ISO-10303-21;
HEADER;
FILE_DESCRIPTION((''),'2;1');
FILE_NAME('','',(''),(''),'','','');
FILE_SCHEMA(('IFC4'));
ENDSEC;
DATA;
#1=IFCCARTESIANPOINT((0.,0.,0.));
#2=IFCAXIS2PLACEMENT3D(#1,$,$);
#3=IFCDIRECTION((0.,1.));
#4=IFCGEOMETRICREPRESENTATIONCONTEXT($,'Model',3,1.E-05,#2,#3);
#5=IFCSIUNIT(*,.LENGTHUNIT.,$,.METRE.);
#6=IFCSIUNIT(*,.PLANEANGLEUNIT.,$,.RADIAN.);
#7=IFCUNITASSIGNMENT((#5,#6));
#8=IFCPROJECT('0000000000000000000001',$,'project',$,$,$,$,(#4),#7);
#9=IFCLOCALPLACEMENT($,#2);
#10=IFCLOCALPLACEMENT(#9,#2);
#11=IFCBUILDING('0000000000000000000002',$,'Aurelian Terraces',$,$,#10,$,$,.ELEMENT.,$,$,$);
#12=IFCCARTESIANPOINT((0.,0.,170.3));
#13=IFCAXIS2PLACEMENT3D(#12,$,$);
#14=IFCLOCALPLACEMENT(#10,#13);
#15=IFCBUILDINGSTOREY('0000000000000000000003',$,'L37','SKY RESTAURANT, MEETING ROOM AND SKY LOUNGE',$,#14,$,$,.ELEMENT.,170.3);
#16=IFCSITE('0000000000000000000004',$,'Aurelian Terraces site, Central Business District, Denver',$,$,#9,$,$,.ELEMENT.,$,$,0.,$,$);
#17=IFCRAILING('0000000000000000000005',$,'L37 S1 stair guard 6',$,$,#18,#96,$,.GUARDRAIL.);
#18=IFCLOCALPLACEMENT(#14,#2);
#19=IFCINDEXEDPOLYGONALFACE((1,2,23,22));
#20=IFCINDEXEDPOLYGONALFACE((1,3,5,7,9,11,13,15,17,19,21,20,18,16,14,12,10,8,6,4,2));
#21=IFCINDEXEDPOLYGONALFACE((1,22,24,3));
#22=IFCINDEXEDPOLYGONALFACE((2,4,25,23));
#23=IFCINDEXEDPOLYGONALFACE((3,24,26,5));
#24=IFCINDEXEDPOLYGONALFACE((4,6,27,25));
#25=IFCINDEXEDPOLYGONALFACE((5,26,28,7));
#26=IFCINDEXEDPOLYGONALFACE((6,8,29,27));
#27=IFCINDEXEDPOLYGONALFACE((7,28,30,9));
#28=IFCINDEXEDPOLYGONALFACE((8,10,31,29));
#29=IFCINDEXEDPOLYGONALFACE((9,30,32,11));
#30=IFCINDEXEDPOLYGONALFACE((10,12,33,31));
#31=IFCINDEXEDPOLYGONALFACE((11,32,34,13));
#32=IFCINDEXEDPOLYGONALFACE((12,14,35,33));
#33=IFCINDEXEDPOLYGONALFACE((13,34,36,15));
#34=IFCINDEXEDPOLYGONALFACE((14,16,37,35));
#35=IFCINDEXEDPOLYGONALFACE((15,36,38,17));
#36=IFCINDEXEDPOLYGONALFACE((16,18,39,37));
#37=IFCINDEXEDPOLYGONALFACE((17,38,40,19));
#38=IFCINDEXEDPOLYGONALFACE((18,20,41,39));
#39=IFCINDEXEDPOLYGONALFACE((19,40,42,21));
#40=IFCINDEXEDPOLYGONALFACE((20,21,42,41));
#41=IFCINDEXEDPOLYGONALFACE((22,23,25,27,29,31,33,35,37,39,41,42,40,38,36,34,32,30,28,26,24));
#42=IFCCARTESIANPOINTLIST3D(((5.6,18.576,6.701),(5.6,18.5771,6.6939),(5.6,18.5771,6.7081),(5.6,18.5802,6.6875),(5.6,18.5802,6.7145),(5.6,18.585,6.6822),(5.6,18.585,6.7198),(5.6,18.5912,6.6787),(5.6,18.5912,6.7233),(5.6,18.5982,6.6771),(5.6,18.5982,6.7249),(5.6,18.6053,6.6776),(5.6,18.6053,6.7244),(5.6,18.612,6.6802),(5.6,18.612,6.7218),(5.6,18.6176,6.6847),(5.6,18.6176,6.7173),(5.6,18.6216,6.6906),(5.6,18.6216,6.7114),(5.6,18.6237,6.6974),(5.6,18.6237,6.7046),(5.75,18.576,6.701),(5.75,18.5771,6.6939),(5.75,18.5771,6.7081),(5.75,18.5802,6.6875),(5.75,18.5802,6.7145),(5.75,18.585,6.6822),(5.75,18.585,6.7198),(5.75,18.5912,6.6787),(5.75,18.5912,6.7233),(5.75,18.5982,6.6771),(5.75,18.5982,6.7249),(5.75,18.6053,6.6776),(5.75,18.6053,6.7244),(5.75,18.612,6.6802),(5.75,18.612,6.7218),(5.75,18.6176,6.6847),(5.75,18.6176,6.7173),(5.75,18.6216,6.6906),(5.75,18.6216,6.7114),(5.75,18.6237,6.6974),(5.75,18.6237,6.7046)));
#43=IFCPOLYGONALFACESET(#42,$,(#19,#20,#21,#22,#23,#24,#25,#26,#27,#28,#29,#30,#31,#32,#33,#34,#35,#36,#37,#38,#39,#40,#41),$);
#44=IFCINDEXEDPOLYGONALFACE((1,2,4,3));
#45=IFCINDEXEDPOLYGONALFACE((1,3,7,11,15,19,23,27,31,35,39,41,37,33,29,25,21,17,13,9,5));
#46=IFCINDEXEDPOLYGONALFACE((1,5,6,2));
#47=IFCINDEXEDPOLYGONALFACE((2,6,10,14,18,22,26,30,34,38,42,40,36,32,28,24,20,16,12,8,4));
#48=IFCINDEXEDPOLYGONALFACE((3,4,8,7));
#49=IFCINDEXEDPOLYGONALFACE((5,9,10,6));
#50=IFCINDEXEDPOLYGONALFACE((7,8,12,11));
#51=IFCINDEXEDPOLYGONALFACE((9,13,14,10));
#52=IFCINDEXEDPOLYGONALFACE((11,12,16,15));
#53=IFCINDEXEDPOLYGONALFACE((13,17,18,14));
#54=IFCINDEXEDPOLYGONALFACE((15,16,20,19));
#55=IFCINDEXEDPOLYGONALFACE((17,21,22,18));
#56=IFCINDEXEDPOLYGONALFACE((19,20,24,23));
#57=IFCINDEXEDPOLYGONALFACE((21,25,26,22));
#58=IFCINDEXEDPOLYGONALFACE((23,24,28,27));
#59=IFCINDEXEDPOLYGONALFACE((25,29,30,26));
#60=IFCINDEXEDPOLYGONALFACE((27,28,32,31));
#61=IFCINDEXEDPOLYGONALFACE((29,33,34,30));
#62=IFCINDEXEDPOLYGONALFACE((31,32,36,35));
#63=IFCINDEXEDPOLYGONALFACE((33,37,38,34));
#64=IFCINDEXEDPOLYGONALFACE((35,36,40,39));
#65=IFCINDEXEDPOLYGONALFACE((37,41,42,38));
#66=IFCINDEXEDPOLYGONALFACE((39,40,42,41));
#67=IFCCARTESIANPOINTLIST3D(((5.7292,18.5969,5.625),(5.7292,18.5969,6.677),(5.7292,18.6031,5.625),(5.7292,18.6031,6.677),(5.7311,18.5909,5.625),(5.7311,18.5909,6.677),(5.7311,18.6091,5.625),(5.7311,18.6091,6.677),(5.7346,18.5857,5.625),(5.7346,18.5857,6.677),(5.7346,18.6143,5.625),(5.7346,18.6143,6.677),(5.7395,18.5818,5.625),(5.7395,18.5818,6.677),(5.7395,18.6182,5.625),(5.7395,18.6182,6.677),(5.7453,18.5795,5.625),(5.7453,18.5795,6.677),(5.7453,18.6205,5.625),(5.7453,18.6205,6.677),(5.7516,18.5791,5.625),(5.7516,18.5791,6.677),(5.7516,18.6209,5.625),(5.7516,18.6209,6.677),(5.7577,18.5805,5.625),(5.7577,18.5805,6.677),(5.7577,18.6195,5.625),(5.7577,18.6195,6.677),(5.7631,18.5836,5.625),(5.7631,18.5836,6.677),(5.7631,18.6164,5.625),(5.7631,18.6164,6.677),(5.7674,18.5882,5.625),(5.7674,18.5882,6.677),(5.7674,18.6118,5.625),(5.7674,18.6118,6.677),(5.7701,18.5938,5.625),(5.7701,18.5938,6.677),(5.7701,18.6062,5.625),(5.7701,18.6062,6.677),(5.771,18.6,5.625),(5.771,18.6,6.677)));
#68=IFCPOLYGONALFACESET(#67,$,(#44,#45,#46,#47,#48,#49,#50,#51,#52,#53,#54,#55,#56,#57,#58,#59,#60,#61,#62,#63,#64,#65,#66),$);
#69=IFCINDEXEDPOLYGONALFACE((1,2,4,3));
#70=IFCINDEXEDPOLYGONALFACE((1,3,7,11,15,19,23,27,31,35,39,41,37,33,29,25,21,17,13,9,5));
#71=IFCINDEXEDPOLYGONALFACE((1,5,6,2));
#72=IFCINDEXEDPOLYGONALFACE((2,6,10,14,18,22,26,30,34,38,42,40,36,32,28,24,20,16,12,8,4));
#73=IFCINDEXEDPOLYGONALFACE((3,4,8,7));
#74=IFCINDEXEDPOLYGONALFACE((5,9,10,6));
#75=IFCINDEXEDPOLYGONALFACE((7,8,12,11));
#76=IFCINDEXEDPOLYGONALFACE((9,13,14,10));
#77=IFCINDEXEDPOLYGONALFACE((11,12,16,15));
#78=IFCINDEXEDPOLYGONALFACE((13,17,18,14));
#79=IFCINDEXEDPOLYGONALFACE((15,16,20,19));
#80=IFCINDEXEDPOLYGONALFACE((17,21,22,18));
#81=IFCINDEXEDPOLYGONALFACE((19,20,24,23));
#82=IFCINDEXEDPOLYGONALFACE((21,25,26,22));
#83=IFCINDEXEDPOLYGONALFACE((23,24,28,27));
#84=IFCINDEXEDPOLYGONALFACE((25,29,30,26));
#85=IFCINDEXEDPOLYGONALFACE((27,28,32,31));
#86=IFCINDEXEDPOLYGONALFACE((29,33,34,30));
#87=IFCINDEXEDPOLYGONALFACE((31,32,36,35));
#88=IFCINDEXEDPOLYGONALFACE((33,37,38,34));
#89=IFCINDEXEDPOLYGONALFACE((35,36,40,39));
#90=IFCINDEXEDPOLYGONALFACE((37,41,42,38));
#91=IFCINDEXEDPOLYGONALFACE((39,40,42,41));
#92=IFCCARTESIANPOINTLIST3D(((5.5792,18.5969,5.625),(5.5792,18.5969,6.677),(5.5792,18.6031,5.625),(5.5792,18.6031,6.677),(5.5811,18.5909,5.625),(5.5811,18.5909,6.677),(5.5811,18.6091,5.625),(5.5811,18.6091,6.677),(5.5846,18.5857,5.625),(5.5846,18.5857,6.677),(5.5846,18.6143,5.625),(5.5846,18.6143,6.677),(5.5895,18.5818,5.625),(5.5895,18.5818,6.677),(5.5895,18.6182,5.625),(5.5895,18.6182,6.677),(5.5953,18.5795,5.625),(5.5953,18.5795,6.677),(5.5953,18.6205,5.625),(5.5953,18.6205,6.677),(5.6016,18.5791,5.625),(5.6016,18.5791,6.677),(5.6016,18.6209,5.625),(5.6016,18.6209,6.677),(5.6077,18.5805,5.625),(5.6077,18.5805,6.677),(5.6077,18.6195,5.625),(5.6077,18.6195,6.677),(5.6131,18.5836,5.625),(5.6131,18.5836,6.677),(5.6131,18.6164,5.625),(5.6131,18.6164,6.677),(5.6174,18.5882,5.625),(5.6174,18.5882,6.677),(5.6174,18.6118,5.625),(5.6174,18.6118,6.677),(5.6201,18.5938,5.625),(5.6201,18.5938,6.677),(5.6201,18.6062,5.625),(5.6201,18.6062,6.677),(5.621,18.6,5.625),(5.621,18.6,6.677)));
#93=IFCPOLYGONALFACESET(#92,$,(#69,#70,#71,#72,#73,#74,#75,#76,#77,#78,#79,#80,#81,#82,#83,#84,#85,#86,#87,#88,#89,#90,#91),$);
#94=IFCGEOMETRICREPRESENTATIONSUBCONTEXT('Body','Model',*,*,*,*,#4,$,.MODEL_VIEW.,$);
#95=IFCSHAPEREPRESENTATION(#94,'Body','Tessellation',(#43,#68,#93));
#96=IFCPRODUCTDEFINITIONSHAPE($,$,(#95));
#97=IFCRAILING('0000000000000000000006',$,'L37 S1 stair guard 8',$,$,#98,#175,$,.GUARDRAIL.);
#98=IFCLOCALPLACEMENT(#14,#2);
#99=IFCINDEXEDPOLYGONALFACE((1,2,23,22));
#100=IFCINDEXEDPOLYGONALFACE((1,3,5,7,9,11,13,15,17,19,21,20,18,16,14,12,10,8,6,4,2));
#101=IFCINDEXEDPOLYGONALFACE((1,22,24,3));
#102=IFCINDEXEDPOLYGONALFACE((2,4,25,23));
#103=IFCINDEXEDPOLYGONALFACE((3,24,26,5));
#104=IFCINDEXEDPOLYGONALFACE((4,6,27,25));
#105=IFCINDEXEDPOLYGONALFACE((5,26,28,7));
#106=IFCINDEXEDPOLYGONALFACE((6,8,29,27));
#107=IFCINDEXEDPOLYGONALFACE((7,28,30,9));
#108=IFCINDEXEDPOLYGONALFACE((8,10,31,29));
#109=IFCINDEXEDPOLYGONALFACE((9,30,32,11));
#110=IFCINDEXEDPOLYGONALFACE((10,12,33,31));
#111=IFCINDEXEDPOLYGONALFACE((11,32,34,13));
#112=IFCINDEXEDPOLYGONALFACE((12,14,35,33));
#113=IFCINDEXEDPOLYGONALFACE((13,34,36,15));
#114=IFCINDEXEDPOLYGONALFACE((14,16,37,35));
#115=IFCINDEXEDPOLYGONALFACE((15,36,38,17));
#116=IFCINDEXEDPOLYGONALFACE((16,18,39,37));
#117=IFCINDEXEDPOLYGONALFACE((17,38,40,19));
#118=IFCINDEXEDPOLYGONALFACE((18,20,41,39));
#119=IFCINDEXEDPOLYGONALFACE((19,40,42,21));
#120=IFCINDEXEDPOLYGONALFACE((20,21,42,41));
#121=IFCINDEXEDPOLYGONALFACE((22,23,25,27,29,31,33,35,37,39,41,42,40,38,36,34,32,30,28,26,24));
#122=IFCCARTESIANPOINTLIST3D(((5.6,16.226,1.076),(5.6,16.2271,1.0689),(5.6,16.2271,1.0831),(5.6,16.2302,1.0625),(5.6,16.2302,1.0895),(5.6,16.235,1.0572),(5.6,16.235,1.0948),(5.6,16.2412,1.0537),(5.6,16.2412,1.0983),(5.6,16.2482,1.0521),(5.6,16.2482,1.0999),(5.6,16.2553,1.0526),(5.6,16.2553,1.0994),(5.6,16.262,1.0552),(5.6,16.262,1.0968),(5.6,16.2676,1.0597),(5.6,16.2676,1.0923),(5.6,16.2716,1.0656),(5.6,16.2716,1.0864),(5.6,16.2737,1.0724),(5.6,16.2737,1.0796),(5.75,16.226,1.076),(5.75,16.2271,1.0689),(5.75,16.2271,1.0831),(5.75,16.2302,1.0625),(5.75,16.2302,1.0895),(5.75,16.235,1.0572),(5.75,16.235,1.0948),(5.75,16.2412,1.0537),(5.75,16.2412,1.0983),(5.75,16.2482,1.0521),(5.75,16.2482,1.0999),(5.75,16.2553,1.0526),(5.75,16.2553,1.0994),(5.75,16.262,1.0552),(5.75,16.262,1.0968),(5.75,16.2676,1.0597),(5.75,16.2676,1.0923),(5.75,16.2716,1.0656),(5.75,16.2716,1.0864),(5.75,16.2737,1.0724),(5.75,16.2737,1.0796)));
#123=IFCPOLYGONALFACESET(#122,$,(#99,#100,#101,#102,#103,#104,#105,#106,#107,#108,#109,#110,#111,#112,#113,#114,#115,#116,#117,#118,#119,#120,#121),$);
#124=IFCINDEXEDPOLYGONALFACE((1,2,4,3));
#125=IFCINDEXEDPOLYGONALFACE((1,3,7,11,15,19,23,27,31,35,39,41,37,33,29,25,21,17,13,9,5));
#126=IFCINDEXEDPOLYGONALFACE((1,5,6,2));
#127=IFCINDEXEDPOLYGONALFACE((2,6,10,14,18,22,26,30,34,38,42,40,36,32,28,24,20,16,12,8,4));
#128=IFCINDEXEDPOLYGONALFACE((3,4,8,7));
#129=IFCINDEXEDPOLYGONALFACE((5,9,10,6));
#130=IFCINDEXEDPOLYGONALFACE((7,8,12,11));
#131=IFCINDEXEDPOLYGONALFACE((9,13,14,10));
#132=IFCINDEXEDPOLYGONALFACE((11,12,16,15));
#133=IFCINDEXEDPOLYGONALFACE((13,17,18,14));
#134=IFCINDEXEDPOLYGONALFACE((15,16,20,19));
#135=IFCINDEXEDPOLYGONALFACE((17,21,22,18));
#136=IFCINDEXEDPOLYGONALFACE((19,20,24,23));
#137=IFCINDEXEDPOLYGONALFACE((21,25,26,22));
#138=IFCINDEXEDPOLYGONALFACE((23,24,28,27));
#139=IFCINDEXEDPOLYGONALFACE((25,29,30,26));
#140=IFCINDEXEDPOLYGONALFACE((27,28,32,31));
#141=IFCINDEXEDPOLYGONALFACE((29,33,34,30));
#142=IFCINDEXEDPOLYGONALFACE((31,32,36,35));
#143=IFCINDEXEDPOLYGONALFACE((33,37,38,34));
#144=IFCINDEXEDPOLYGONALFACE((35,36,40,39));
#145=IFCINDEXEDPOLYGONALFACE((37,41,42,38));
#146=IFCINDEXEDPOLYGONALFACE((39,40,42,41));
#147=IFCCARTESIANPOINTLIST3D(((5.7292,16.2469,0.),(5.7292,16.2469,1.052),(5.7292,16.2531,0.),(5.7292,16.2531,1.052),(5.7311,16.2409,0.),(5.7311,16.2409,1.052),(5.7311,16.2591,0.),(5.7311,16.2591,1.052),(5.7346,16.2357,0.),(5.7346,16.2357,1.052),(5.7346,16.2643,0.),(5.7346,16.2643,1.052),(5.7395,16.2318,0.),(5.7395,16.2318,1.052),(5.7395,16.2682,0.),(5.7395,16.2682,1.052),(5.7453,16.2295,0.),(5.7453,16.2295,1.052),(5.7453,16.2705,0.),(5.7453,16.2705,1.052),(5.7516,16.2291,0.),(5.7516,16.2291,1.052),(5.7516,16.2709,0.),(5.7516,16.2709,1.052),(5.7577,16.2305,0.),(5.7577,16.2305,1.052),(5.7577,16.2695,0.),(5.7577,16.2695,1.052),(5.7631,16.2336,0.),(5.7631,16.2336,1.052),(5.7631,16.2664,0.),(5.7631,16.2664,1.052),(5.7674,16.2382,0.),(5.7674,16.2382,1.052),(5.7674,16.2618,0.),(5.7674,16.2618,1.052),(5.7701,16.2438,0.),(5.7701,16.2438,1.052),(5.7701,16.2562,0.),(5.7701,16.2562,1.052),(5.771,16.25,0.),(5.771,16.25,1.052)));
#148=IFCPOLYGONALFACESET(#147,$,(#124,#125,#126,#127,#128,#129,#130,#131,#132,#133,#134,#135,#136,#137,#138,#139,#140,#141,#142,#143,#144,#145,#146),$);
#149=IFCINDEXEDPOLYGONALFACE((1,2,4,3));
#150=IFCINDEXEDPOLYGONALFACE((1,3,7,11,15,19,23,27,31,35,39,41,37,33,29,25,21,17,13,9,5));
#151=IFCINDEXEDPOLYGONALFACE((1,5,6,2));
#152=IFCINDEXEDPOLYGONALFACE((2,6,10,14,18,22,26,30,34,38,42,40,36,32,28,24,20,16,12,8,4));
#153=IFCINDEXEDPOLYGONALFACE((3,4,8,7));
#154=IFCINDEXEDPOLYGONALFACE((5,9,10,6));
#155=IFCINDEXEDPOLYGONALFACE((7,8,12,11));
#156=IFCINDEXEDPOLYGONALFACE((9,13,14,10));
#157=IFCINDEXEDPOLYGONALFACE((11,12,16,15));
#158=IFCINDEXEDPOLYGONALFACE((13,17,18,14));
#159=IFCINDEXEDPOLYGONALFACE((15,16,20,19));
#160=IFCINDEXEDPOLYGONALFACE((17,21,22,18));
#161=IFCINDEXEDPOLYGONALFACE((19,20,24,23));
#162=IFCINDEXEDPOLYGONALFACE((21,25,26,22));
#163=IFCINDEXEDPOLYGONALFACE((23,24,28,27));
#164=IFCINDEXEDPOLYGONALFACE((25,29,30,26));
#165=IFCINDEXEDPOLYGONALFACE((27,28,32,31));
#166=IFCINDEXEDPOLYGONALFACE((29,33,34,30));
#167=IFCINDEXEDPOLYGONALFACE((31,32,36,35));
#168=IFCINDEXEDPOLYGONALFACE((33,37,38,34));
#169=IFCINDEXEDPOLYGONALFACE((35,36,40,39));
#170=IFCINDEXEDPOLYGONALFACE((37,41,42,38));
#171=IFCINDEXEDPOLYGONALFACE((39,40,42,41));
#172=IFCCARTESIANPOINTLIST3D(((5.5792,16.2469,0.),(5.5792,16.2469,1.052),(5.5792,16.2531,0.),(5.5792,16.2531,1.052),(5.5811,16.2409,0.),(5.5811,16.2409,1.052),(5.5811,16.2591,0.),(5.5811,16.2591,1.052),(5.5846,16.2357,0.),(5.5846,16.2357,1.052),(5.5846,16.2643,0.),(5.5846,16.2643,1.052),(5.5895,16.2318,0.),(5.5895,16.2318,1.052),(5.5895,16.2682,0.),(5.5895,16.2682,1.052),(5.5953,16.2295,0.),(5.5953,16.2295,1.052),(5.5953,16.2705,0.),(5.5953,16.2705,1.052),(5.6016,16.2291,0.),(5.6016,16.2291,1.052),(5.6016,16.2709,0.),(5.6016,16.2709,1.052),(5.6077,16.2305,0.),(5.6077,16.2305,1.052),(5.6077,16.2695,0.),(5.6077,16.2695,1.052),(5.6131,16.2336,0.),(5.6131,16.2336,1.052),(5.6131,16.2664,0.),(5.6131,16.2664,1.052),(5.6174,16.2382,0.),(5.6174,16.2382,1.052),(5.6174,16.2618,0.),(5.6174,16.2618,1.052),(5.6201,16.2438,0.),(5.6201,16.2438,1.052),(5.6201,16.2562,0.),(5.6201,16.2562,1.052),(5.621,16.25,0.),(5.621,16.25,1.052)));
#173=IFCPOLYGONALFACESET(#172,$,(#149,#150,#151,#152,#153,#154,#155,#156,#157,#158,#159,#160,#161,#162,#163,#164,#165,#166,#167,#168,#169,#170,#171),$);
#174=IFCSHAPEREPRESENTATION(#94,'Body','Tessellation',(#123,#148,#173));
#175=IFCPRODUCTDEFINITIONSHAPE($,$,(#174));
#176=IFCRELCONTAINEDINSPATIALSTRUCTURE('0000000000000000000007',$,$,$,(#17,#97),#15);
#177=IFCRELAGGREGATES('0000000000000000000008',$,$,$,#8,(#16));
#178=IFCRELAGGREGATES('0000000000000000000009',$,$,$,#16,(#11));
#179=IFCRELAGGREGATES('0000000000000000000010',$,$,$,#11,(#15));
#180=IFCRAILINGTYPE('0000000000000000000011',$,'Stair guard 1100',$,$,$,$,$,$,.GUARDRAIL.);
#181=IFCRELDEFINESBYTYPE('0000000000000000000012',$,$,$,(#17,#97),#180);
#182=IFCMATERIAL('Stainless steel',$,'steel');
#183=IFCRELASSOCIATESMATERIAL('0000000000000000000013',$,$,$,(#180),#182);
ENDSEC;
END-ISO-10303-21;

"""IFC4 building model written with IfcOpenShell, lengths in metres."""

from ifc_helpers import new_model, si_unit, direction, frame, origin, origin_2d, place, context, subcontext, project, spatial, circle, extrude, source, transform, mapped, material, type_object, element, save


model = new_model("IFC4")

# Units and contexts
model_context = context("Model", 3, precision=1e-05, world=origin(), true_north=direction((0.0, 1.0)))
body_context = subcontext(model_context, "Body", "Model", "MODEL_VIEW")
ifc_project = project(units=[si_unit("LENGTHUNIT", "METRE"), si_unit("PLANEANGLEUNIT", "RADIAN")], contexts=[model_context])

# Site, building, storey
site_placement = place(None, origin())
site = spatial("IfcSite", under=ifc_project, at=site_placement, Name="Aurelian Terraces site, Central Business District, Denver", CompositionType="ELEMENT", RefElevation=0.0)
building_placement = place(site_placement, origin())
building = spatial("IfcBuilding", under=site, at=building_placement, Name="Aurelian Terraces", CompositionType="ELEMENT")
storey_placement = place(building_placement, frame((0.0, 0.0, 170.3)))
storey = spatial("IfcBuildingStorey", under=building, at=storey_placement, Name="L37", Description="SKY RESTAURANT, MEETING ROOM AND SKY LOUNGE", CompositionType="ELEMENT", Elevation=170.3)

# Railings
ifc_material_1 = material(Name="Stainless steel", Category="steel")
railing_type_1 = type_object("IfcRailingType", Name="Stair guard 1100", PredefinedType="GUARDRAIL", material=ifc_material_1)
shared_shape_1 = source(origin(), body_context, "Body", "SweptSolid", [
    extrude(circle(Radius=0.024, at=origin_2d()), frame((0.0, 0.0, 1.076), z_axis=(-1.0, 0.0, 0.0), x_axis=(0.0, -1.0, 0.0)), (0.0, 0.0, 1.0), 0.15),
    extrude(circle(Radius=0.021, at=origin_2d()), origin(), (0.0, 0.0, 1.0), 1.052),
    extrude(circle(Radius=0.021, at=origin_2d()), frame((-0.15, 0.0, 0.0)), (0.0, 0.0, 1.0), 1.052),
])
for number, where, name in (
    (1, (5.75, 18.6, 5.625), "L37 S1 stair guard 6"),
    (2, (5.75, 16.25, 0.0), "L37 S1 stair guard 8"),
):
    element("IfcRailing", number, at=place(storey_placement, frame(where)), inside=storey, type_object=railing_type_1, Name=name, PredefinedType="GUARDRAIL", context=body_context, shape_type="MappedRepresentation", body=[
        mapped(shared_shape_1, transform((0.0, 0.0, 0.0), scale=1.0)),
    ])

save(model, "model.ifc")
